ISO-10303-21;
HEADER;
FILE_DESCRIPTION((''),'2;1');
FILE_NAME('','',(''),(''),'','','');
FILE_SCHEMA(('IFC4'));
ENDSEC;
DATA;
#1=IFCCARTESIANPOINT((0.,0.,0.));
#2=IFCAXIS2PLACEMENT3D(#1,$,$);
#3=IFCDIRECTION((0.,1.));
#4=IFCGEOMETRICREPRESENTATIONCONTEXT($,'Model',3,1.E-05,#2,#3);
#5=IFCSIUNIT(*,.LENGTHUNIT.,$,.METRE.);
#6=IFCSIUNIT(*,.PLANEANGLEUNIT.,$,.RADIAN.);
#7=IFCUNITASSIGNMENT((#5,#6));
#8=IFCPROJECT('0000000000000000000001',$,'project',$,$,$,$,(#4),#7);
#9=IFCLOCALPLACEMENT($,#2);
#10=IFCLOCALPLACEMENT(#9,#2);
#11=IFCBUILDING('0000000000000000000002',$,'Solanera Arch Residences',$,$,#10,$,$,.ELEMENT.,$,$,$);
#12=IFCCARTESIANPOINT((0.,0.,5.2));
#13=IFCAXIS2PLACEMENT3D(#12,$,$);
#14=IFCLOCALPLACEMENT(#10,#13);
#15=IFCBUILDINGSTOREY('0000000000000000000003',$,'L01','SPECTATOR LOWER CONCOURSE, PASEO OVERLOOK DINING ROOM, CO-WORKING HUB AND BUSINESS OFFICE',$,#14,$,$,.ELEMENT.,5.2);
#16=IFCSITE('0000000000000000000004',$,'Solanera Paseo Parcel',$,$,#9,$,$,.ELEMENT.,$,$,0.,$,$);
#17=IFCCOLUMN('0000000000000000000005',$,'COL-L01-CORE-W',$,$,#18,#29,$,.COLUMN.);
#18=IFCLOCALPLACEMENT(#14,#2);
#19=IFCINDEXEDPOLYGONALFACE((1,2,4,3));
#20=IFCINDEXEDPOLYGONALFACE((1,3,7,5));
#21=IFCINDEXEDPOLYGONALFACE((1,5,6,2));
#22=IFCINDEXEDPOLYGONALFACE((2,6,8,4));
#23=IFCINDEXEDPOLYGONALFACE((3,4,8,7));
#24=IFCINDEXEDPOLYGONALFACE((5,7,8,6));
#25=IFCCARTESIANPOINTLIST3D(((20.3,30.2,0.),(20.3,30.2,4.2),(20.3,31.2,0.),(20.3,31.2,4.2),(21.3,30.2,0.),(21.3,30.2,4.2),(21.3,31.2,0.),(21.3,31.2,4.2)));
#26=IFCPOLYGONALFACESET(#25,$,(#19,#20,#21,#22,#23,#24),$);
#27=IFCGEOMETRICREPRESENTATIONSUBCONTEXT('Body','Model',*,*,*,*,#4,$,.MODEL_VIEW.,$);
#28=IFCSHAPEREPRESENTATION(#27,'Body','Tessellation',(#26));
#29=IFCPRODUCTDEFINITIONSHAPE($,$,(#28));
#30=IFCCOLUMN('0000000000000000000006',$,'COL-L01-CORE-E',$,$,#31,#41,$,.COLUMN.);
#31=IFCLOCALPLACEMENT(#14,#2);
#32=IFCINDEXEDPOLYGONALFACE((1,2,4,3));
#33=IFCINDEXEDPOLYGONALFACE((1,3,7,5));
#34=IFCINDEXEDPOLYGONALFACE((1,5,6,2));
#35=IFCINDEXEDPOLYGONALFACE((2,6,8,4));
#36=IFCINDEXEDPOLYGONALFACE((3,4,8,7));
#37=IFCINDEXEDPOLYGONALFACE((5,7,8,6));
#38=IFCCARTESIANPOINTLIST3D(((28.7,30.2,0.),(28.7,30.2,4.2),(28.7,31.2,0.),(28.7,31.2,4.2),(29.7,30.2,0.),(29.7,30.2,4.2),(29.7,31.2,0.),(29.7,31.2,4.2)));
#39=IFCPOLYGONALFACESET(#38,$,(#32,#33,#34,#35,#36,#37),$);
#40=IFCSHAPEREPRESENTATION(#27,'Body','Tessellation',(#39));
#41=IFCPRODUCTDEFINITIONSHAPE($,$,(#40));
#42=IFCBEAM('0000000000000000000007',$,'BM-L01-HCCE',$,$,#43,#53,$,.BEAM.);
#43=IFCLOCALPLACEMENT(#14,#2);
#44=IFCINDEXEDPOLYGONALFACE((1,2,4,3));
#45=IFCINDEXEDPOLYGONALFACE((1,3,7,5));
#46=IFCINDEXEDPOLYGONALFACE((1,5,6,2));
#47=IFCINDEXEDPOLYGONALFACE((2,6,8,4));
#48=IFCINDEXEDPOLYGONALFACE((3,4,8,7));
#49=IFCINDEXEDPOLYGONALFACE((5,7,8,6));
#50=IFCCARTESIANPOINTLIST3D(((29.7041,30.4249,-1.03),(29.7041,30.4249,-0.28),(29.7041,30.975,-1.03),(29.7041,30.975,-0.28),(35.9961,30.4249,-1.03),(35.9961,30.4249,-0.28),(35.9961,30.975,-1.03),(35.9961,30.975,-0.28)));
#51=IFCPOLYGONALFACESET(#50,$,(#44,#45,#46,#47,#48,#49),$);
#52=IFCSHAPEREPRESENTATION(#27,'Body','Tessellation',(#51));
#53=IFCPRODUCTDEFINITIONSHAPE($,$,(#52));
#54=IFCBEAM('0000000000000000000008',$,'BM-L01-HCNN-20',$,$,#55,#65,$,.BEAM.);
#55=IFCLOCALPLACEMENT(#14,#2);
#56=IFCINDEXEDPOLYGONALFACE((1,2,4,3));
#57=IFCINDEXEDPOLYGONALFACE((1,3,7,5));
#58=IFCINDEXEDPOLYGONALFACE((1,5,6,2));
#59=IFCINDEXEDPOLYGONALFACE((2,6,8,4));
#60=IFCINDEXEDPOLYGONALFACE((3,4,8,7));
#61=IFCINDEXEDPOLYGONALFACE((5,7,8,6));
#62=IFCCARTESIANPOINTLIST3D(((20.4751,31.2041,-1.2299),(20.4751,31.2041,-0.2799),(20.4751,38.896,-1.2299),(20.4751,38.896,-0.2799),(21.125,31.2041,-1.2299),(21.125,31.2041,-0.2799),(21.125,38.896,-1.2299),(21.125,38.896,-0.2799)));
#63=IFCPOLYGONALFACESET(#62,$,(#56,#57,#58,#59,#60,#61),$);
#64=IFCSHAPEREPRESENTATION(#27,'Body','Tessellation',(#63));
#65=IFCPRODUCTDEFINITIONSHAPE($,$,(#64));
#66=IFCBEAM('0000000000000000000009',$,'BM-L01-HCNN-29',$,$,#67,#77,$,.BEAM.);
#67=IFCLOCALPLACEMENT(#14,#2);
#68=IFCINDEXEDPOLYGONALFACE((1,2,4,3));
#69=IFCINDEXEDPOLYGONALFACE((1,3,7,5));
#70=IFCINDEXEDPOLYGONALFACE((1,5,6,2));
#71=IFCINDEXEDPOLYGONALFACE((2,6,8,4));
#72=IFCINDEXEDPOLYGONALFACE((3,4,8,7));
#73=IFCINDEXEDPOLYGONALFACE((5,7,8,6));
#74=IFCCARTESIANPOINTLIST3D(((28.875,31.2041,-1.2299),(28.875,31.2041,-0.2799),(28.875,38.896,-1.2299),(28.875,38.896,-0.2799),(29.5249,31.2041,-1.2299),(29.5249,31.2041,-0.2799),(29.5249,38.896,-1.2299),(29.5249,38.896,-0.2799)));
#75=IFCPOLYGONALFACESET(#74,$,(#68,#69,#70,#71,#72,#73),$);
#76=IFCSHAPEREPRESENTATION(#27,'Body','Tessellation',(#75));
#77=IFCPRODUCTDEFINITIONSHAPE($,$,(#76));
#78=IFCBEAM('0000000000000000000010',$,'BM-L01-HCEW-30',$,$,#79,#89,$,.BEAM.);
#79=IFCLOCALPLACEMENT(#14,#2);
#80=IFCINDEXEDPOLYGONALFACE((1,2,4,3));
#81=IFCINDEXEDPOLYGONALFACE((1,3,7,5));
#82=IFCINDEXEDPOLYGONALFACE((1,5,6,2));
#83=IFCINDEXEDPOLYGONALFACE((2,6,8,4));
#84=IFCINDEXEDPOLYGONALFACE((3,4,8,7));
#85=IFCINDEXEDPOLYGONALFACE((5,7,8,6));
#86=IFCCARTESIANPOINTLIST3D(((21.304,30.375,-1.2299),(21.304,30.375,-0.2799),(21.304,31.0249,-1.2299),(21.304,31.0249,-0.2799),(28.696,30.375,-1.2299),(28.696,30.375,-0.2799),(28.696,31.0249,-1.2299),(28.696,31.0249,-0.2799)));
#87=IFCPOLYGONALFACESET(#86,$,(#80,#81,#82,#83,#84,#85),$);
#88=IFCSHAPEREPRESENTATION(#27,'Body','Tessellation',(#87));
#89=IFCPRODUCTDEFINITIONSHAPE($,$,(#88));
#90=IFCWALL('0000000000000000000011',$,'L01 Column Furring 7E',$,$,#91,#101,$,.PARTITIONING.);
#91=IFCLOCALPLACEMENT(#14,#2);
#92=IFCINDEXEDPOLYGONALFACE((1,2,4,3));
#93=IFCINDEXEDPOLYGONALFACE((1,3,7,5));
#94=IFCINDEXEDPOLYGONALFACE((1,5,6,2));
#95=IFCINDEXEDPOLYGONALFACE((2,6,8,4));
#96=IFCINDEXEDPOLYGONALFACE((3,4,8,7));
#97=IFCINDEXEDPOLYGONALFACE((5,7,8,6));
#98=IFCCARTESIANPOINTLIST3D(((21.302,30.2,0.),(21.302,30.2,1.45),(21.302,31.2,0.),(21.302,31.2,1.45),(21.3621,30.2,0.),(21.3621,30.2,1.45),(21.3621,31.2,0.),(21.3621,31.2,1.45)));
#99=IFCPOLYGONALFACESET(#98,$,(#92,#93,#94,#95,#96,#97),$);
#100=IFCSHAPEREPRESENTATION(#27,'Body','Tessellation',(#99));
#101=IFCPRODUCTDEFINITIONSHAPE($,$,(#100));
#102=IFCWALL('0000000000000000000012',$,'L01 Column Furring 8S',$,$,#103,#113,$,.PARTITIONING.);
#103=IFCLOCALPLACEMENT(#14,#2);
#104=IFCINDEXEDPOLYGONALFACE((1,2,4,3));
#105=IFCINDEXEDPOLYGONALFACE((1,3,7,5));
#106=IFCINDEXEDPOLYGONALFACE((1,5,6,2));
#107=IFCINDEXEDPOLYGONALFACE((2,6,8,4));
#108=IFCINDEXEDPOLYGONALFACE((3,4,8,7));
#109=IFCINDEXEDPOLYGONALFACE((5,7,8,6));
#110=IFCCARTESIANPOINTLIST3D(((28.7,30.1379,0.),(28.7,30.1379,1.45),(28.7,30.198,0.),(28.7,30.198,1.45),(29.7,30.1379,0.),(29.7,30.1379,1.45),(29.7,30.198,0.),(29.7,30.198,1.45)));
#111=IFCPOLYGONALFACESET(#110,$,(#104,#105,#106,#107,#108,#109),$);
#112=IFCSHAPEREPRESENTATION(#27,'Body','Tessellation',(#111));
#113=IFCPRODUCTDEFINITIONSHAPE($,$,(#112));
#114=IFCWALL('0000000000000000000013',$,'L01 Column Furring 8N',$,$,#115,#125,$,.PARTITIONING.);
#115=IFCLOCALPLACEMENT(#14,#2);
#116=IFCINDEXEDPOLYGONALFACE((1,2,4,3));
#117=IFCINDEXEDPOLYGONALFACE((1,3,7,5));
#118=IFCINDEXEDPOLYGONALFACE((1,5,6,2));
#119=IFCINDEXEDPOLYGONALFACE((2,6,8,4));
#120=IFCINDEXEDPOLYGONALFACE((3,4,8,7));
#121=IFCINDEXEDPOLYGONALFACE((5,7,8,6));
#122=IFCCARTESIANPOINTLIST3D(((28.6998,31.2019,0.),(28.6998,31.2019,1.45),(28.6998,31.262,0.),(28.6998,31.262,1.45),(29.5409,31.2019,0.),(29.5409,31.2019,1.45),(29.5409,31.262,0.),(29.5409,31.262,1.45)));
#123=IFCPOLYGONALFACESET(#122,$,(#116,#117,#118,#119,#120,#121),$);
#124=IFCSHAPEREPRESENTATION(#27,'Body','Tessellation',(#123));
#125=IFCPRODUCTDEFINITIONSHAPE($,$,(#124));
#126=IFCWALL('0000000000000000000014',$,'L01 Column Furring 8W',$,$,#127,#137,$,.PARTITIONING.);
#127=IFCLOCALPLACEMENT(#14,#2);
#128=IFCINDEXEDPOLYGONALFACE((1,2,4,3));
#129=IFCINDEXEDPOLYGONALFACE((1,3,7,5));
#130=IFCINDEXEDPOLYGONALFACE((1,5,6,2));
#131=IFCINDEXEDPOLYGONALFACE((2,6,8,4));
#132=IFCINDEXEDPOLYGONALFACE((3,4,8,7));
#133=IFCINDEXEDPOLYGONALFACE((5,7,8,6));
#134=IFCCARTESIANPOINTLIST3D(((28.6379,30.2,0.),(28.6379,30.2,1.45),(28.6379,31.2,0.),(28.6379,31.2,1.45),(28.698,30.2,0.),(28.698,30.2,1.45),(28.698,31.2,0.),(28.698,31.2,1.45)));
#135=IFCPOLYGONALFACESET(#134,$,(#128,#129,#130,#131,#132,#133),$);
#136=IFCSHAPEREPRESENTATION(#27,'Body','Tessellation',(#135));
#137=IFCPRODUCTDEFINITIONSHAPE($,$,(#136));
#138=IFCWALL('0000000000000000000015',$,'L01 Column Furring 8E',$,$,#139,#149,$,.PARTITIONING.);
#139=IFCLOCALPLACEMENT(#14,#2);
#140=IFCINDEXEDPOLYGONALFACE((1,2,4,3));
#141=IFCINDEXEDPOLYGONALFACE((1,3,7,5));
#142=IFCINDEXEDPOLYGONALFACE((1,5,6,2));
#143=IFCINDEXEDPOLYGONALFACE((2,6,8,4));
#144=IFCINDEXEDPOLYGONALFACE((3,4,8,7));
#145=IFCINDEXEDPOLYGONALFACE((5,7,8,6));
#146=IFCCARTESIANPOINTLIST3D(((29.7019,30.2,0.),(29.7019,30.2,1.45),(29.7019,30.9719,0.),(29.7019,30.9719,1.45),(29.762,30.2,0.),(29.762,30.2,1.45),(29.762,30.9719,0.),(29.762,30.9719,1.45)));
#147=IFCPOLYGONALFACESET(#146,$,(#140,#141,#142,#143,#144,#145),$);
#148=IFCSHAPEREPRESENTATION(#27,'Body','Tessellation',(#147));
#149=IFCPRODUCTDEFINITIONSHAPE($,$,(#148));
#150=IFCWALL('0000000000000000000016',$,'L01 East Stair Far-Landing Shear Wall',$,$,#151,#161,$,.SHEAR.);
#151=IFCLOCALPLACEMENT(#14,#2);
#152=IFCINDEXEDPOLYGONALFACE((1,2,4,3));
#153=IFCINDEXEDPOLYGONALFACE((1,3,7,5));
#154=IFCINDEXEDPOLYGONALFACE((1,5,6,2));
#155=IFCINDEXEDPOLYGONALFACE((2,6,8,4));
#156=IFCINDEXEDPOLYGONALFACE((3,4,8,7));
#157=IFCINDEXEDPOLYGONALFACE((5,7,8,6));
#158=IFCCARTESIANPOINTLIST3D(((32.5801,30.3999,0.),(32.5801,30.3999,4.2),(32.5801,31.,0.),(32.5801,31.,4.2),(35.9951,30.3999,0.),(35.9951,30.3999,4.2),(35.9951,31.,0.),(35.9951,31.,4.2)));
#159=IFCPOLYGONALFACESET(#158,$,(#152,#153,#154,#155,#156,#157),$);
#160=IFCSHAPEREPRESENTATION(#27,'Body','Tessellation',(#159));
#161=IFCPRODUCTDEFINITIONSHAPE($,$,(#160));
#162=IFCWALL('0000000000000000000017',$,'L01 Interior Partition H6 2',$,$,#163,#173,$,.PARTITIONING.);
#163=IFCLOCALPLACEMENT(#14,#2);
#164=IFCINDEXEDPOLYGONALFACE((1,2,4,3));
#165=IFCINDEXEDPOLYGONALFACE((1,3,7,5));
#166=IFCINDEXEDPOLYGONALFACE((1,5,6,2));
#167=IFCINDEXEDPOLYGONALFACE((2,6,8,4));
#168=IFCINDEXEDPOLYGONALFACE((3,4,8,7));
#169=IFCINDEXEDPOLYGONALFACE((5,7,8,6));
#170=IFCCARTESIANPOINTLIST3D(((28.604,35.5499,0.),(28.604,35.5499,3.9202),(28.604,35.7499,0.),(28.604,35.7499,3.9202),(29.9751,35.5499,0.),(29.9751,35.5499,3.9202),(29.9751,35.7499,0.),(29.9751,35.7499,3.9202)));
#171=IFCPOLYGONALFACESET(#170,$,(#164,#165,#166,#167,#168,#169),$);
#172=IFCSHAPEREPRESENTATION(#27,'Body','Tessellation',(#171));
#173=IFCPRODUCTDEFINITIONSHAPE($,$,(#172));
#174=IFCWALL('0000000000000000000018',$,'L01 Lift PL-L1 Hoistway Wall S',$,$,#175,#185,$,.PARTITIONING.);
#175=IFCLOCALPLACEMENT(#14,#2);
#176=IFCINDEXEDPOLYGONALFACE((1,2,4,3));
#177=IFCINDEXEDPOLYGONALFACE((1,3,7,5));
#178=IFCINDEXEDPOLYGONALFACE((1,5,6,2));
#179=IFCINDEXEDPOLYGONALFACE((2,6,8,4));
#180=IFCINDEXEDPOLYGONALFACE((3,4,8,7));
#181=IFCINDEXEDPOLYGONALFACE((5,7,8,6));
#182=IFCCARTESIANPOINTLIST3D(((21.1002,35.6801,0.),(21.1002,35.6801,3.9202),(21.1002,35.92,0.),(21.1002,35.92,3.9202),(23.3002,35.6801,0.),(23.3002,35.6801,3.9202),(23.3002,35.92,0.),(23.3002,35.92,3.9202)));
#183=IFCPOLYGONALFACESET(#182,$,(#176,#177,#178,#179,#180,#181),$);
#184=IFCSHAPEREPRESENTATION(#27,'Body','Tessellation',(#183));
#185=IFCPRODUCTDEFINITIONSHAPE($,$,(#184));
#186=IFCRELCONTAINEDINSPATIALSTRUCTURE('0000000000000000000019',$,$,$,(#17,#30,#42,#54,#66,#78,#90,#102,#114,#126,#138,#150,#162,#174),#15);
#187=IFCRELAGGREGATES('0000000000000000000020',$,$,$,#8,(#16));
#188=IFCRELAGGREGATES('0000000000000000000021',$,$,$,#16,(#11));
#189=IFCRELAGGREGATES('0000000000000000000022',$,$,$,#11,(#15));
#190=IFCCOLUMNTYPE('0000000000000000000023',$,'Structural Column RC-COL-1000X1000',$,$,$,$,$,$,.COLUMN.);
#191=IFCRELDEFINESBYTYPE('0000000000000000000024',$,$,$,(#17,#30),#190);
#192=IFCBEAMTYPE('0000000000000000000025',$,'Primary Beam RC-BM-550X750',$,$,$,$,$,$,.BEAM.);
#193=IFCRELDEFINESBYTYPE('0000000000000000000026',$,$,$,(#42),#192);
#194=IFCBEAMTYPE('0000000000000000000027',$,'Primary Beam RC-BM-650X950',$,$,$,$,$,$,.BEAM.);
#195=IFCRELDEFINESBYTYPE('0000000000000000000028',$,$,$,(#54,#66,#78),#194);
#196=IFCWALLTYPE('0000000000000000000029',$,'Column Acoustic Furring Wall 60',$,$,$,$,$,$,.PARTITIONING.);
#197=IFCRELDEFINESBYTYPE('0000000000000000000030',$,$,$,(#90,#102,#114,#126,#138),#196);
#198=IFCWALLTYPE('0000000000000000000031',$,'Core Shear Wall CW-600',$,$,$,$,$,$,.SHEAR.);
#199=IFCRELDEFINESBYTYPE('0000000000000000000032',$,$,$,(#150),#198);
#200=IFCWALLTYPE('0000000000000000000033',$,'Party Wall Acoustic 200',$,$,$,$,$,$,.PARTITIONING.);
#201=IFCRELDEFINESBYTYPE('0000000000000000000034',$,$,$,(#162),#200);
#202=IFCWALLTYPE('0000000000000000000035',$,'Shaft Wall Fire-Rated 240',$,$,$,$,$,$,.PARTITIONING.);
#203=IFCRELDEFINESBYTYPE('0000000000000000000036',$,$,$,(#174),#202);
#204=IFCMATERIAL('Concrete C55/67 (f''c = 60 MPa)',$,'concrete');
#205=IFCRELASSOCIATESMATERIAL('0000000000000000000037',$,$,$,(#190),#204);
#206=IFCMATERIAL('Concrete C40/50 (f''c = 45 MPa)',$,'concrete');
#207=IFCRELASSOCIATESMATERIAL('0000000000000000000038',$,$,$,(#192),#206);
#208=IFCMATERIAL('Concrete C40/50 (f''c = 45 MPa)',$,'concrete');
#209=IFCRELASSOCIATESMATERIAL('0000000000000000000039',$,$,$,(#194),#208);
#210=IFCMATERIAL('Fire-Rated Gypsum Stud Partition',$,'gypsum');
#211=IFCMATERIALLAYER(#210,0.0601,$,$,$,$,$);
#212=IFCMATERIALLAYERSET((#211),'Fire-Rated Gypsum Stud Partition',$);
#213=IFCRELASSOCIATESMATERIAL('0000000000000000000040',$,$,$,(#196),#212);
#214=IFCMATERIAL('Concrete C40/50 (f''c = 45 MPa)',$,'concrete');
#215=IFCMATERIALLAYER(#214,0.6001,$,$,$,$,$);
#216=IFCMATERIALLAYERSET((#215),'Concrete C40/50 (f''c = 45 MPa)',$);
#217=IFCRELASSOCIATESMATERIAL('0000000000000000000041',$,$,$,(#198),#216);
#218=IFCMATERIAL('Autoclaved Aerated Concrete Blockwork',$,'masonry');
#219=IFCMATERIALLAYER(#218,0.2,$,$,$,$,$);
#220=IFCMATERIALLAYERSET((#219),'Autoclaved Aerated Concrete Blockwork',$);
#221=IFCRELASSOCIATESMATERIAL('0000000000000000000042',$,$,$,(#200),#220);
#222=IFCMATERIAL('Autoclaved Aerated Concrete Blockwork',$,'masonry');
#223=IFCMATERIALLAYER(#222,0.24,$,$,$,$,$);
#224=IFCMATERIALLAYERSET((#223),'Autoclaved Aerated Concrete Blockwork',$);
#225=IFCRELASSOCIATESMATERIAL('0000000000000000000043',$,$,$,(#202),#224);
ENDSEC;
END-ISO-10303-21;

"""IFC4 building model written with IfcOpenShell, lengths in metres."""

from ifc_helpers import new_model, si_unit, direction, frame, frame_2d, origin, origin_2d, place, context, subcontext, project, spatial, rectangle, extrude, material, layer, layer_set, material_profile, profile_set, type_object, element, save


model = new_model("IFC4")

# Units and contexts
model_context = context("Model", 3, precision=1e-05, world=origin(), true_north=direction((0.0, 1.0)))
body_context = subcontext(model_context, "Body", "Model", "MODEL_VIEW")
ifc_project = project(units=[si_unit("LENGTHUNIT", "METRE"), si_unit("PLANEANGLEUNIT", "RADIAN")], contexts=[model_context])

# Site, building, storey
site_placement = place(None, origin())
site = spatial("IfcSite", under=ifc_project, at=site_placement, Name="Solanera Paseo Parcel", CompositionType="ELEMENT", RefElevation=0.0)
building_placement = place(site_placement, origin())
building = spatial("IfcBuilding", under=site, at=building_placement, Name="Solanera Arch Residences", CompositionType="ELEMENT")
storey_placement = place(building_placement, frame((0.0, 0.0, 5.2)))
storey = spatial("IfcBuildingStorey", under=building, at=storey_placement, Name="L01", Description="SPECTATOR LOWER CONCOURSE, PASEO OVERLOOK DINING ROOM, CO-WORKING HUB AND BUSINESS OFFICE", CompositionType="ELEMENT", Elevation=5.2)

# Columns
ifc_material_1 = material(Name="Concrete C55/67 (f'c = 60 MPa)", Category="concrete")
ifc_material_profile_1 = material_profile(ifc_material_1, rectangle(XDim=1.0, YDim=1.0, at=origin_2d()))
ifc_profile_set_1 = profile_set([ifc_material_profile_1], Name="Concrete C55/67 (f'c = 60 MPa)")
column_type = type_object("IfcColumnType", Name="Structural Column RC-COL-1000X1000", PredefinedType="COLUMN", material=ifc_profile_set_1)
for number, where, z_axis, x_axis, name in (
    (1, (20.8, 30.7, 0.0), (0.0, 0.0, 1.0), (1.0, 0.0, 0.0), "COL-L01-CORE-W"),
    (2, (29.2, 30.7, 0.0), (0.0, 0.0, 1.0), (1.0, 0.0, 0.0), "COL-L01-CORE-E"),
):
    element("IfcColumn", number, at=place(storey_placement, frame(where, z_axis=z_axis, x_axis=x_axis)), inside=storey, type_object=column_type, Name=name, PredefinedType="COLUMN", context=body_context, shape_type="SweptSolid", body=[
        extrude(rectangle(XDim=1.0, YDim=1.0, at=origin_2d()), origin(), (0.0, 0.0, 1.0), 4.2),
    ])

# Beams
ifc_material_2 = material(Name="Concrete C40/50 (f'c = 45 MPa)", Category="concrete")
ifc_material_profile_2 = material_profile(ifc_material_2, rectangle(XDim=0.55, YDim=0.75, at=origin_2d()))
ifc_profile_set_2 = profile_set([ifc_material_profile_2], Name="Concrete C40/50 (f'c = 45 MPa)")
beam_type_1 = type_object("IfcBeamType", Name="Primary Beam RC-BM-550X750", PredefinedType="BEAM", material=ifc_profile_set_2)
beam_1_placement = place(storey_placement, frame((29.7041, 30.7, -0.655), z_axis=(1.0, 0.0, 0.0), x_axis=(0.0, 1.0, 0.0)))
element("IfcBeam", 3, at=beam_1_placement, inside=storey, type_object=beam_type_1, Name="BM-L01-HCCE", PredefinedType="BEAM", context=body_context, shape_type="SweptSolid", body=[
    extrude(rectangle(XDim=0.55, YDim=0.75, at=origin_2d()), origin(), (0.0, 0.0, 1.0), 6.292),
])
ifc_material_3 = material(Name="Concrete C40/50 (f'c = 45 MPa)", Category="concrete")
ifc_material_profile_3 = material_profile(ifc_material_3, rectangle(XDim=0.6499, YDim=0.95, at=origin_2d()))
ifc_profile_set_3 = profile_set([ifc_material_profile_3], Name="Concrete C40/50 (f'c = 45 MPa)")
beam_type_2 = type_object("IfcBeamType", Name="Primary Beam RC-BM-650X950", PredefinedType="BEAM", material=ifc_profile_set_3)
for number, where, z_axis, x_axis, name in (
    (4, (20.8, 31.2041, -0.7549), (0.0, 1.0, 0.0), (-1.0, 0.0, 0.0), "BM-L01-HCNN-20"),
    (5, (29.2, 31.2041, -0.7549), (0.0, 1.0, 0.0), (-1.0, 0.0, 0.0), "BM-L01-HCNN-29"),
):
    element("IfcBeam", number, at=place(storey_placement, frame(where, z_axis=z_axis, x_axis=x_axis)), inside=storey, type_object=beam_type_2, Name=name, PredefinedType="BEAM", context=body_context, shape_type="SweptSolid", body=[
        extrude(rectangle(XDim=0.6499, YDim=0.95, at=origin_2d()), origin(), (0.0, 0.0, 1.0), 7.6919),
    ])
beam_2_placement = place(storey_placement, frame((21.304, 30.7, -0.7549), z_axis=(1.0, 0.0, 0.0), x_axis=(0.0, 1.0, 0.0)))
element("IfcBeam", 6, at=beam_2_placement, inside=storey, type_object=beam_type_2, Name="BM-L01-HCEW-30", PredefinedType="BEAM", context=body_context, shape_type="SweptSolid", body=[
    extrude(rectangle(XDim=0.6499, YDim=0.95, at=origin_2d()), origin(), (0.0, 0.0, 1.0), 7.3921),
])

# Walls
ifc_material_4 = material(Name="Fire-Rated Gypsum Stud Partition", Category="gypsum")
ifc_layer_1 = layer(ifc_material_4, 0.0601)
ifc_layer_set_1 = layer_set([ifc_layer_1], Name="Fire-Rated Gypsum Stud Partition")
wall_type_1 = type_object("IfcWallType", Name="Column Acoustic Furring Wall 60", PredefinedType="PARTITIONING", material=ifc_layer_set_1)
for number, where, z_axis, x_axis, name in (
    (7, (21.332, 30.2, 0.0), (0.0, 0.0, 1.0), (0.0, 1.0, 0.0), "L01 Column Furring 7E"),
    (8, (28.7, 30.168, 0.0), (0.0, 0.0, 1.0), (1.0, 0.0, 0.0), "L01 Column Furring 8S"),
):
    element("IfcWall", number, at=place(storey_placement, frame(where, z_axis=z_axis, x_axis=x_axis)), inside=storey, type_object=wall_type_1, Name=name, PredefinedType="PARTITIONING", context=body_context, shape_type="SweptSolid", body=[
        extrude(rectangle(XDim=1.0, YDim=0.0601, at=frame_2d((0.5, 0.0))), origin(), (0.0, 0.0, 1.0), 1.45),
    ])
wall_1_placement = place(storey_placement, frame((28.7, 31.2319, 0.0), z_axis=(0.0, 0.0, 1.0), x_axis=(1.0, 0.0, 0.0)))
element("IfcWall", 9, at=wall_1_placement, inside=storey, type_object=wall_type_1, Name="L01 Column Furring 8N", PredefinedType="PARTITIONING", context=body_context, shape_type="SweptSolid", body=[
    extrude(rectangle(XDim=0.8411, YDim=0.0601, at=frame_2d((0.4204, 0.0))), origin(), (0.0, 0.0, 1.0), 1.45),
])
wall_2_placement = place(storey_placement, frame((28.668, 30.2, 0.0), z_axis=(0.0, 0.0, 1.0), x_axis=(0.0, 1.0, 0.0)))
element("IfcWall", 10, at=wall_2_placement, inside=storey, type_object=wall_type_1, Name="L01 Column Furring 8W", PredefinedType="PARTITIONING", context=body_context, shape_type="SweptSolid", body=[
    extrude(rectangle(XDim=1.0, YDim=0.0601, at=frame_2d((0.5, 0.0))), origin(), (0.0, 0.0, 1.0), 1.45),
])
wall_3_placement = place(storey_placement, frame((29.7319, 30.2, 0.0), z_axis=(0.0, 0.0, 1.0), x_axis=(0.0, 1.0, 0.0)))
element("IfcWall", 11, at=wall_3_placement, inside=storey, type_object=wall_type_1, Name="L01 Column Furring 8E", PredefinedType="PARTITIONING", context=body_context, shape_type="SweptSolid", body=[
    extrude(rectangle(XDim=0.772, YDim=0.0601, at=frame_2d((0.386, 0.0))), origin(), (0.0, 0.0, 1.0), 1.45),
])

# Walls
ifc_material_5 = material(Name="Concrete C40/50 (f'c = 45 MPa)", Category="concrete")
ifc_layer_2 = layer(ifc_material_5, 0.6001)
ifc_layer_set_2 = layer_set([ifc_layer_2], Name="Concrete C40/50 (f'c = 45 MPa)")
wall_type_2 = type_object("IfcWallType", Name="Core Shear Wall CW-600", PredefinedType="SHEAR", material=ifc_layer_set_2)
wall_4_placement = place(storey_placement, frame((32.5801, 30.7, 0.0), z_axis=(0.0, 0.0, 1.0), x_axis=(1.0, 0.0, 0.0)))
element("IfcWall", 12, at=wall_4_placement, inside=storey, type_object=wall_type_2, Name="L01 East Stair Far-Landing Shear Wall", PredefinedType="SHEAR", context=body_context, shape_type="SweptSolid", body=[
    extrude(rectangle(XDim=3.415, YDim=0.6001, at=frame_2d((1.7075, 0.0))), origin(), (0.0, 0.0, 1.0), 4.2),
])
ifc_material_6 = material(Name="Autoclaved Aerated Concrete Blockwork", Category="masonry")
ifc_layer_3 = layer(ifc_material_6, 0.2)
ifc_layer_set_3 = layer_set([ifc_layer_3], Name="Autoclaved Aerated Concrete Blockwork")
wall_type_3 = type_object("IfcWallType", Name="Party Wall Acoustic 200", PredefinedType="PARTITIONING", material=ifc_layer_set_3)
wall_5_placement = place(storey_placement, frame((28.604, 35.6499, 0.0), z_axis=(0.0, 0.0, 1.0), x_axis=(1.0, 0.0, 0.0)))
element("IfcWall", 13, at=wall_5_placement, inside=storey, type_object=wall_type_3, Name="L01 Interior Partition H6 2", PredefinedType="PARTITIONING", context=body_context, shape_type="SweptSolid", body=[
    extrude(rectangle(XDim=1.3711, YDim=0.2, at=frame_2d((0.6855, 0.0))), origin(), (0.0, 0.0, 1.0), 3.9202),
])
ifc_material_7 = material(Name="Autoclaved Aerated Concrete Blockwork", Category="masonry")
ifc_layer_4 = layer(ifc_material_7, 0.24)
ifc_layer_set_4 = layer_set([ifc_layer_4], Name="Autoclaved Aerated Concrete Blockwork")
wall_type_4 = type_object("IfcWallType", Name="Shaft Wall Fire-Rated 240", PredefinedType="PARTITIONING", material=ifc_layer_set_4)
for number, where, z_axis, x_axis, name in (
    (14, (21.1001, 35.8, 0.0), (0.0, 0.0, 1.0), (1.0, 0.0, 0.0), "L01 Lift PL-L1 Hoistway Wall S"),
):
    element("IfcWall", number, at=place(storey_placement, frame(where, z_axis=z_axis, x_axis=x_axis)), inside=storey, type_object=wall_type_4, Name=name, PredefinedType="PARTITIONING", context=body_context, shape_type="SweptSolid", body=[
        extrude(rectangle(XDim=2.2, YDim=0.24, at=frame_2d((1.1001, 0.0))), origin(), (0.0, 0.0, 1.0), 3.9202),
    ])

save(model, "model.ifc")
